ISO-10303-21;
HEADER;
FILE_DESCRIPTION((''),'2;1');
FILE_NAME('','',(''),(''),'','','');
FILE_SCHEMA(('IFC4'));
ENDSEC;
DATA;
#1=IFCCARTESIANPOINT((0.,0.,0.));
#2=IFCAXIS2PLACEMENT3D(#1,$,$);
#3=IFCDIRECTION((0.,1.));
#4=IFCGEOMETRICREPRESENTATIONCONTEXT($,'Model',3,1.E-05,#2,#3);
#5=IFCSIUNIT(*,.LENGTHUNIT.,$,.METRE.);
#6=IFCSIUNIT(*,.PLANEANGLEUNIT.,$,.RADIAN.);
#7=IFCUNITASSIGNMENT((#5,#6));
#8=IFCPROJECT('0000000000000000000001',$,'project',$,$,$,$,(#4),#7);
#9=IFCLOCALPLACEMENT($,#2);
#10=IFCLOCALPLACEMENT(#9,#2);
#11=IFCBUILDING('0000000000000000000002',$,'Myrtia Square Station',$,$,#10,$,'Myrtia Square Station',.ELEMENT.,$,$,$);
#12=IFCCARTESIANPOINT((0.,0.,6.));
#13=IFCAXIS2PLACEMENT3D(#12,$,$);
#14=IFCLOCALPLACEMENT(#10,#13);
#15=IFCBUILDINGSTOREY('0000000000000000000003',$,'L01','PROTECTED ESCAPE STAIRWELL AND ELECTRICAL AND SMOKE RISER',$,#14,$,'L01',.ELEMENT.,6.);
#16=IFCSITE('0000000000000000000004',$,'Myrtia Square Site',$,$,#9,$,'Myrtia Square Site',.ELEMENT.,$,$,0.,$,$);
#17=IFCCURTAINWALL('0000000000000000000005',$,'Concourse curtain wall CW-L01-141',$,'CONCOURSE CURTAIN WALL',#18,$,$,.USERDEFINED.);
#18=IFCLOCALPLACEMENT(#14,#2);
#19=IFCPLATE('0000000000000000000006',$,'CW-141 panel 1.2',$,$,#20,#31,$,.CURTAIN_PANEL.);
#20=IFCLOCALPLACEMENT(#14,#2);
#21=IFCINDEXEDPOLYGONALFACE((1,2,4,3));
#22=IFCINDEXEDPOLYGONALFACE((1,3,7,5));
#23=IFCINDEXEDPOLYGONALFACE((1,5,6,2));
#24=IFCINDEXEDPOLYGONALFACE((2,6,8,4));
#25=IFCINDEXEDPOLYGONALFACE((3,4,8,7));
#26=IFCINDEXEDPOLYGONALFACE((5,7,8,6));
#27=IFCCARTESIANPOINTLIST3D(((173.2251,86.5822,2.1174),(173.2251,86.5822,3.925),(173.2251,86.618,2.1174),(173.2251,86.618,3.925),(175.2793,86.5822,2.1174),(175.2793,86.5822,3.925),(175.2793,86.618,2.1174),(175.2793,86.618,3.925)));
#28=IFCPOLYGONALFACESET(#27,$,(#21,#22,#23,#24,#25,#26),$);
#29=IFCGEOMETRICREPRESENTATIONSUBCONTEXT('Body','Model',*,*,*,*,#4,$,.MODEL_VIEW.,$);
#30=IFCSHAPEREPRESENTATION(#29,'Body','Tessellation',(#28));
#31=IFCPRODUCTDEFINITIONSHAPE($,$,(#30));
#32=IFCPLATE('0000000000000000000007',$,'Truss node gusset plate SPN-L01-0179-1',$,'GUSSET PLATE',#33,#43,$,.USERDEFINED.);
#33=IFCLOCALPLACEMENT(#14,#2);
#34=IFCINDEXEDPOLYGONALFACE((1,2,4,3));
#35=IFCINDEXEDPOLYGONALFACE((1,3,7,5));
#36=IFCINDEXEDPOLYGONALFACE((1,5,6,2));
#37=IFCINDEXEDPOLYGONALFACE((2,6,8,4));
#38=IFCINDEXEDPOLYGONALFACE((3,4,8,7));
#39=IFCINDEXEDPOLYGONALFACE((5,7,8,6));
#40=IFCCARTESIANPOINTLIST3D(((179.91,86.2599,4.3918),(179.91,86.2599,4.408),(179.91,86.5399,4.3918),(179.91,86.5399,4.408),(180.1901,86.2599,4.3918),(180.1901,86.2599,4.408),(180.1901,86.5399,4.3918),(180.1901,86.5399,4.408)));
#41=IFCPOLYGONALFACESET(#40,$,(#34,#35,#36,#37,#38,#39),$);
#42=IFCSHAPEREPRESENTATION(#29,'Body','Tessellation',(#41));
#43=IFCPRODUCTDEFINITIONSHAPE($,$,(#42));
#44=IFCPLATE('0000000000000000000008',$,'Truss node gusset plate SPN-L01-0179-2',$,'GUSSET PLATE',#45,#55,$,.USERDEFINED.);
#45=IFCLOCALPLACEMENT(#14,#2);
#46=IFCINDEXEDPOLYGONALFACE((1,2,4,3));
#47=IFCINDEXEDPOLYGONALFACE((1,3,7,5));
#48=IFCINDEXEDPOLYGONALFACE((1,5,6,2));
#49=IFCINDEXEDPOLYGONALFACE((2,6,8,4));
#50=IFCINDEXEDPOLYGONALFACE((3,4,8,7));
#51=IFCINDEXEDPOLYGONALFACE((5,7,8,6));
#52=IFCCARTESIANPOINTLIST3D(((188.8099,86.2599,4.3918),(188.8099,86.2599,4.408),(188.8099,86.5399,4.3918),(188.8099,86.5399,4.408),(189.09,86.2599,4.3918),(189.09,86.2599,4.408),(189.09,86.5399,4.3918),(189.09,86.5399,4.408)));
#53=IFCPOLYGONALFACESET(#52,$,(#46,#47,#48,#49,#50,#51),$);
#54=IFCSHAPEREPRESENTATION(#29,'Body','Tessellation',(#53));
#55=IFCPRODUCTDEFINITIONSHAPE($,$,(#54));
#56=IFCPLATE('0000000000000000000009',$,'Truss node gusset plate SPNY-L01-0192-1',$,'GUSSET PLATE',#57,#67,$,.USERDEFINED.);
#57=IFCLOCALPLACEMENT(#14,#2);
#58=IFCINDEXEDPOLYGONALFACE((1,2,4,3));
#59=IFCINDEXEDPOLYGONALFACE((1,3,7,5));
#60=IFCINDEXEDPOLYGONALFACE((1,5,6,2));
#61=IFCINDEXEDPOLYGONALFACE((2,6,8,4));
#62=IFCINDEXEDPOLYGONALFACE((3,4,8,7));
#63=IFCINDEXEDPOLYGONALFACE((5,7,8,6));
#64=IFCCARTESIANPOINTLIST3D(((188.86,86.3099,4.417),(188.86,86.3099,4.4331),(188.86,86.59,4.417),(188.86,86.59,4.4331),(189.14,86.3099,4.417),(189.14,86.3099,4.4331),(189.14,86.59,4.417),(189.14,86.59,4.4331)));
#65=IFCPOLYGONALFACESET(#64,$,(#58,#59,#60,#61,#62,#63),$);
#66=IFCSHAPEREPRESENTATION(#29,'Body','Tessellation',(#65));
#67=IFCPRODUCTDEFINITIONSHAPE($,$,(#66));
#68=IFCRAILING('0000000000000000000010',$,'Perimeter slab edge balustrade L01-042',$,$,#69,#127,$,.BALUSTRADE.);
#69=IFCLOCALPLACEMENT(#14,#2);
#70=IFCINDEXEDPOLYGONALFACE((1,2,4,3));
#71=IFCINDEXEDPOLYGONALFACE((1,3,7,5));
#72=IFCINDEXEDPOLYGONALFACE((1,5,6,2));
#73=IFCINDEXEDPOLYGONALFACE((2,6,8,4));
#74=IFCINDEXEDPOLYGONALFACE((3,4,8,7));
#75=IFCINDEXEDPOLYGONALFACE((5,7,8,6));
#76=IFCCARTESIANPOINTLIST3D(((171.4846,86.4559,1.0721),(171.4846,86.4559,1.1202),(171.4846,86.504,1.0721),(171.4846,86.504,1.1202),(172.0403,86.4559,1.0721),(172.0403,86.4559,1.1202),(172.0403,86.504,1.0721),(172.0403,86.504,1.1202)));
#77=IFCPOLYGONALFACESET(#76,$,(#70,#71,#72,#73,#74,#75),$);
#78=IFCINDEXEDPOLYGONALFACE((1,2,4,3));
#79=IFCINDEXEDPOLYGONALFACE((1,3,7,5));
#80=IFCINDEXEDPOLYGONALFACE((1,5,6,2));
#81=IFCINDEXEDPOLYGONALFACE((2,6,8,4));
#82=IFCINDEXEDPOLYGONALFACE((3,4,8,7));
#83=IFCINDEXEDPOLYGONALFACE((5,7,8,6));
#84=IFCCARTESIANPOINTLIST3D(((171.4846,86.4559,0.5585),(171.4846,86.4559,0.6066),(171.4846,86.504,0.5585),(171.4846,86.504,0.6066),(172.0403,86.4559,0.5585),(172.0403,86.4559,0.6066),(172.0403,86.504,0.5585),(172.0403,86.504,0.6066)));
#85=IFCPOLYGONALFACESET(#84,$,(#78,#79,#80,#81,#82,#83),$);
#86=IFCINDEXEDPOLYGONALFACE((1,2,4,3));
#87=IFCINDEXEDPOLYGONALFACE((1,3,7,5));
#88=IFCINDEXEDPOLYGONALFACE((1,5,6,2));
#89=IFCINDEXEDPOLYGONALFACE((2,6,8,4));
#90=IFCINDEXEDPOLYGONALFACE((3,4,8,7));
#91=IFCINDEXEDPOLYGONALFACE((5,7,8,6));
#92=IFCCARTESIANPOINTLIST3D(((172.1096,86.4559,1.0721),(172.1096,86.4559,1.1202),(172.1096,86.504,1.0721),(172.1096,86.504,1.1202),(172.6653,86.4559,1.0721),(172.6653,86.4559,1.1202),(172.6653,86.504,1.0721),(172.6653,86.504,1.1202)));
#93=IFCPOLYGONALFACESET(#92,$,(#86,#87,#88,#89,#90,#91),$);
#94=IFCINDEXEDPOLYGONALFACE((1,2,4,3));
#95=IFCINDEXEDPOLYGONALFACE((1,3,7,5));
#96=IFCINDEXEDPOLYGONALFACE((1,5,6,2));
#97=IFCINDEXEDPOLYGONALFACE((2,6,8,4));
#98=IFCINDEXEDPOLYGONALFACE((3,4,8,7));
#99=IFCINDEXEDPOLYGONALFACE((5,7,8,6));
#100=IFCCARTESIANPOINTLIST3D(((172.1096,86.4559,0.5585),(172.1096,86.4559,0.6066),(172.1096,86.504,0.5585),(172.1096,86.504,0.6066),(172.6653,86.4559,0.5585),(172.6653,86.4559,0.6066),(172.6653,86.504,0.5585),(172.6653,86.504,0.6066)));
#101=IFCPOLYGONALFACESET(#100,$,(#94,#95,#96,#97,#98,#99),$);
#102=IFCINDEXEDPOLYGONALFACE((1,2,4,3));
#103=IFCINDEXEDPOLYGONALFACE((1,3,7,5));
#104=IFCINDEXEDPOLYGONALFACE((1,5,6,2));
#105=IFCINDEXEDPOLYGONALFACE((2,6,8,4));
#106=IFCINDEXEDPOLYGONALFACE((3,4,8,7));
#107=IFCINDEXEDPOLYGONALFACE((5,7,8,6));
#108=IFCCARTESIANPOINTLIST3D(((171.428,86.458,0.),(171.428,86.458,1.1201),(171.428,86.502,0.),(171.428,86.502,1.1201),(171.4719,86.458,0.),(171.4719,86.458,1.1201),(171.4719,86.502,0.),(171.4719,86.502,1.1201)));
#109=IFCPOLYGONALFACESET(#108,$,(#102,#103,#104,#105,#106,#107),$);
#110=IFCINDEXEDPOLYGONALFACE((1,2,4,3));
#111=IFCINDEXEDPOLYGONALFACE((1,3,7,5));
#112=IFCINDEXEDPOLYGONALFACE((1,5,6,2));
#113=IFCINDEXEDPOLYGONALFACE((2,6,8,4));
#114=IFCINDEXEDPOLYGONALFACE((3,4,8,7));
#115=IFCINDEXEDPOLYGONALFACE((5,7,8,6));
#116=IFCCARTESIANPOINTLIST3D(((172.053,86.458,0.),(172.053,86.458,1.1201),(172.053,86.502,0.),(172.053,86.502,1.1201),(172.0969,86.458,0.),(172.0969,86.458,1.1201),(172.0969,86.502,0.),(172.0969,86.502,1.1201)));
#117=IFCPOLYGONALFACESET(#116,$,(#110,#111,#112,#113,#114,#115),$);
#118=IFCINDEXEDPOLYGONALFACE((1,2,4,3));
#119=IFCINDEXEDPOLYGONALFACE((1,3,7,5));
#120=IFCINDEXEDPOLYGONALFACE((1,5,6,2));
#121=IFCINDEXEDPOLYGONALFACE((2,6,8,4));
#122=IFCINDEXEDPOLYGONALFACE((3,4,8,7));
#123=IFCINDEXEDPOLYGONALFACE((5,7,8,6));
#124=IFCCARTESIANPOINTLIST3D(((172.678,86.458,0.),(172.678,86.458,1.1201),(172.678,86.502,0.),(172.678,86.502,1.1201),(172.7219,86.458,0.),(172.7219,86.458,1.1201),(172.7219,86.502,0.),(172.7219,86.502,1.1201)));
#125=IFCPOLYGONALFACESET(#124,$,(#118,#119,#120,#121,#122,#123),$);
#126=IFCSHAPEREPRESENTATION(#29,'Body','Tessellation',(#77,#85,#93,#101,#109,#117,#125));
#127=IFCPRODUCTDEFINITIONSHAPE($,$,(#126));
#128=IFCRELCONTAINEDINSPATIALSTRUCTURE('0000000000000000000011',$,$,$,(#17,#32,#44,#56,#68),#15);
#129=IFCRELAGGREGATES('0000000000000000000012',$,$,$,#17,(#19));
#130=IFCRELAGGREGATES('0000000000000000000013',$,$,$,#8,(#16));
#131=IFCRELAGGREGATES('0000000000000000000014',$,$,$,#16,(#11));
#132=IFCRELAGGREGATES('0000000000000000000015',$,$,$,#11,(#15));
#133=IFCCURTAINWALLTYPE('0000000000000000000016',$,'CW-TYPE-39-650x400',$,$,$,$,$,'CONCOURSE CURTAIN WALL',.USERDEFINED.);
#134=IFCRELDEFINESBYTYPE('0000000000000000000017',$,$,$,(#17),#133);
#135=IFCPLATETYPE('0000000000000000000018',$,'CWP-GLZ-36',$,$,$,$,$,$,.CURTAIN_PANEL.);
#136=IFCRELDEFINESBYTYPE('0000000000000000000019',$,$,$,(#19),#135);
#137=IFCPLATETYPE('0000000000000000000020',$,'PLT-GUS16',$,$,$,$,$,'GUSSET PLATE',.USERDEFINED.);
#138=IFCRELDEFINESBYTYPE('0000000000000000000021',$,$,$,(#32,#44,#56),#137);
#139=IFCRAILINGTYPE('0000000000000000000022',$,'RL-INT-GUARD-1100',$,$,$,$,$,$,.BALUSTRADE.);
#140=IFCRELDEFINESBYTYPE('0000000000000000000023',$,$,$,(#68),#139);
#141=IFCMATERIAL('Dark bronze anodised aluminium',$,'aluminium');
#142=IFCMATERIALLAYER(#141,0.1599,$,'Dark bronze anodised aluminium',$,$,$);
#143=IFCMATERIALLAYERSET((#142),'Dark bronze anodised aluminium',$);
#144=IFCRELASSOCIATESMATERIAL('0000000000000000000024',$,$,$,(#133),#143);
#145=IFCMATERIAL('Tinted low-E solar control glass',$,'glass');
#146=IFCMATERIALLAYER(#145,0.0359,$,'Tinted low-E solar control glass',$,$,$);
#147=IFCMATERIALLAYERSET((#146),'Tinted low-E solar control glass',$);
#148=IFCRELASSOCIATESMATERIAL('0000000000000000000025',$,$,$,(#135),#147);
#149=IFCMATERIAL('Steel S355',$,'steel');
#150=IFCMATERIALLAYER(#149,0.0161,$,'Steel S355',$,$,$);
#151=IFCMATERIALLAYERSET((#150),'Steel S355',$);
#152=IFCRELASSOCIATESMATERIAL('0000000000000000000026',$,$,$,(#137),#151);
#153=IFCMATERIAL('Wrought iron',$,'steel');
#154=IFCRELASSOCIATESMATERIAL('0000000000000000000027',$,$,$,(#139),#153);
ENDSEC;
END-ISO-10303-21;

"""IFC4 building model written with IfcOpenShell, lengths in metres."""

from ifc_helpers import new_model, si_unit, direction, frame, origin, origin_2d, place, context, subcontext, project, spatial, rectangle, extrude, material, layer, layer_set, type_object, element, aggregate, save


model = new_model("IFC4")

# Units and contexts
model_context = context("Model", 3, precision=1e-05, world=origin(), true_north=direction((0.0, 1.0)))
body_context = subcontext(model_context, "Body", "Model", "MODEL_VIEW")
ifc_project = project(units=[si_unit("LENGTHUNIT", "METRE"), si_unit("PLANEANGLEUNIT", "RADIAN")], contexts=[model_context])

# Site, building, storey
site_placement = place(None, origin())
site = spatial("IfcSite", under=ifc_project, at=site_placement, Name="Myrtia Square Site", LongName="Myrtia Square Site", CompositionType="ELEMENT", RefElevation=0.0)
building_placement = place(site_placement, origin())
building = spatial("IfcBuilding", under=site, at=building_placement, Name="Myrtia Square Station", LongName="Myrtia Square Station", CompositionType="ELEMENT")
storey_placement = place(building_placement, frame((0.0, 0.0, 6.0)))
storey = spatial("IfcBuildingStorey", under=building, at=storey_placement, Name="L01", Description="PROTECTED ESCAPE STAIRWELL AND ELECTRICAL AND SMOKE RISER", LongName="L01", CompositionType="ELEMENT", Elevation=6.0)

# Shared definitions
ifc_material_1 = material(Name="Steel S355", Category="steel")

# Shared definitions
ifc_material_2 = material(Name="Dark bronze anodised aluminium", Category="aluminium")
ifc_layer_1 = layer(ifc_material_2, 0.1599, Name="Dark bronze anodised aluminium")
ifc_layer_set_1 = layer_set([ifc_layer_1], Name="Dark bronze anodised aluminium")
curtain_wall_type = type_object("IfcCurtainWallType", Name="CW-TYPE-39-650x400", ElementType="CONCOURSE CURTAIN WALL", PredefinedType="USERDEFINED", material=ifc_layer_set_1)

# Curtain wall
curtain_wall_1_placement = place(storey_placement, origin())
curtain_wall_1 = element("IfcCurtainWall", 1, at=curtain_wall_1_placement, inside=storey, type_object=curtain_wall_type, Name="Concourse curtain wall CW-L01-141", ObjectType="CONCOURSE CURTAIN WALL", PredefinedType="USERDEFINED")

# Plate
ifc_material_3 = material(Name="Tinted low-E solar control glass", Category="glass")
ifc_layer_2 = layer(ifc_material_3, 0.0359, Name="Tinted low-E solar control glass")
ifc_layer_set_2 = layer_set([ifc_layer_2], Name="Tinted low-E solar control glass")
plate_type_1 = type_object("IfcPlateType", Name="CWP-GLZ-36", PredefinedType="CURTAIN_PANEL", material=ifc_layer_set_2)
plate_1_placement = place(storey_placement, frame((174.2522, 86.6001, 2.1174), z_axis=(0.0, 0.0, 1.0), x_axis=(1.0, 0.0, 0.0)))
plate_1 = element("IfcPlate", 2, at=plate_1_placement, type_object=plate_type_1, Name="CW-141 panel 1.2", PredefinedType="CURTAIN_PANEL", context=body_context, shape_type="SweptSolid", body=[
    extrude(rectangle(XDim=2.0542, YDim=0.0359, at=origin_2d()), origin(), (0.0, 0.0, 1.0), 1.8076),
])
aggregate(curtain_wall_1, [plate_1])

# Plates
ifc_layer_3 = layer(ifc_material_1, 0.0161, Name="Steel S355")
ifc_layer_set_3 = layer_set([ifc_layer_3], Name="Steel S355")
plate_type_2 = type_object("IfcPlateType", Name="PLT-GUS16", ElementType="GUSSET PLATE", PredefinedType="USERDEFINED", material=ifc_layer_set_3)
for number, where, z_axis, x_axis, name in (
    (3, (180.05, 86.3999, 4.3918), (0.0, 0.0, 1.0), (1.0, 0.0, 0.0), "Truss node gusset plate SPN-L01-0179-1"),
    (4, (188.95, 86.3999, 4.3918), (0.0, 0.0, 1.0), (1.0, 0.0, 0.0), "Truss node gusset plate SPN-L01-0179-2"),
    (5, (189.0, 86.45, 4.417), (0.0, 0.0, 1.0), (0.0, 1.0, 0.0), "Truss node gusset plate SPNY-L01-0192-1"),
):
    element("IfcPlate", number, at=place(storey_placement, frame(where, z_axis=z_axis, x_axis=x_axis)), inside=storey, type_object=plate_type_2, Name=name, ObjectType="GUSSET PLATE", PredefinedType="USERDEFINED", context=body_context, shape_type="SweptSolid", body=[
        extrude(rectangle(XDim=0.28, YDim=0.28, at=origin_2d()), origin(), (0.0, 0.0, 1.0), 0.0161),
    ])

# Railing
ifc_material_4 = material(Name="Wrought iron", Category="steel")
railing_type = type_object("IfcRailingType", Name="RL-INT-GUARD-1100", PredefinedType="BALUSTRADE", material=ifc_material_4)
railing_placement = place(storey_placement, frame((171.45, 86.48, 0.0)))
element("IfcRailing", 6, at=railing_placement, inside=storey, type_object=railing_type, Name="Perimeter slab edge balustrade L01-042", PredefinedType="BALUSTRADE", context=body_context, shape_type="SweptSolid", body=[
    extrude(rectangle(XDim=0.0481, YDim=0.0481, at=origin_2d()), frame((0.0347, 0.0, 1.0962), z_axis=(1.0, 0.0, 0.0), x_axis=(0.0, 1.0, 0.0)), (0.0, 0.0, 1.0), 0.5557),
    extrude(rectangle(XDim=0.0481, YDim=0.0481, at=origin_2d()), frame((0.0347, 0.0, 0.5825), z_axis=(1.0, 0.0, 0.0), x_axis=(0.0, 1.0, 0.0)), (0.0, 0.0, 1.0), 0.5557),
    extrude(rectangle(XDim=0.0481, YDim=0.0481, at=origin_2d()), frame((0.6597, 0.0, 1.0962), z_axis=(1.0, 0.0, 0.0), x_axis=(0.0, 1.0, 0.0)), (0.0, 0.0, 1.0), 0.5557),
    extrude(rectangle(XDim=0.0481, YDim=0.0481, at=origin_2d()), frame((0.6597, 0.0, 0.5825), z_axis=(1.0, 0.0, 0.0), x_axis=(0.0, 1.0, 0.0)), (0.0, 0.0, 1.0), 0.5557),
    extrude(rectangle(XDim=0.0439, YDim=0.0439, at=origin_2d()), origin(), (0.0, 0.0, 1.0), 1.1201),
    extrude(rectangle(XDim=0.0439, YDim=0.0439, at=origin_2d()), frame((0.625, 0.0, 0.0)), (0.0, 0.0, 1.0), 1.1201),
    extrude(rectangle(XDim=0.0439, YDim=0.0439, at=origin_2d()), frame((1.25, 0.0, 0.0)), (0.0, 0.0, 1.0), 1.1201),
])

save(model, "model.ifc")
